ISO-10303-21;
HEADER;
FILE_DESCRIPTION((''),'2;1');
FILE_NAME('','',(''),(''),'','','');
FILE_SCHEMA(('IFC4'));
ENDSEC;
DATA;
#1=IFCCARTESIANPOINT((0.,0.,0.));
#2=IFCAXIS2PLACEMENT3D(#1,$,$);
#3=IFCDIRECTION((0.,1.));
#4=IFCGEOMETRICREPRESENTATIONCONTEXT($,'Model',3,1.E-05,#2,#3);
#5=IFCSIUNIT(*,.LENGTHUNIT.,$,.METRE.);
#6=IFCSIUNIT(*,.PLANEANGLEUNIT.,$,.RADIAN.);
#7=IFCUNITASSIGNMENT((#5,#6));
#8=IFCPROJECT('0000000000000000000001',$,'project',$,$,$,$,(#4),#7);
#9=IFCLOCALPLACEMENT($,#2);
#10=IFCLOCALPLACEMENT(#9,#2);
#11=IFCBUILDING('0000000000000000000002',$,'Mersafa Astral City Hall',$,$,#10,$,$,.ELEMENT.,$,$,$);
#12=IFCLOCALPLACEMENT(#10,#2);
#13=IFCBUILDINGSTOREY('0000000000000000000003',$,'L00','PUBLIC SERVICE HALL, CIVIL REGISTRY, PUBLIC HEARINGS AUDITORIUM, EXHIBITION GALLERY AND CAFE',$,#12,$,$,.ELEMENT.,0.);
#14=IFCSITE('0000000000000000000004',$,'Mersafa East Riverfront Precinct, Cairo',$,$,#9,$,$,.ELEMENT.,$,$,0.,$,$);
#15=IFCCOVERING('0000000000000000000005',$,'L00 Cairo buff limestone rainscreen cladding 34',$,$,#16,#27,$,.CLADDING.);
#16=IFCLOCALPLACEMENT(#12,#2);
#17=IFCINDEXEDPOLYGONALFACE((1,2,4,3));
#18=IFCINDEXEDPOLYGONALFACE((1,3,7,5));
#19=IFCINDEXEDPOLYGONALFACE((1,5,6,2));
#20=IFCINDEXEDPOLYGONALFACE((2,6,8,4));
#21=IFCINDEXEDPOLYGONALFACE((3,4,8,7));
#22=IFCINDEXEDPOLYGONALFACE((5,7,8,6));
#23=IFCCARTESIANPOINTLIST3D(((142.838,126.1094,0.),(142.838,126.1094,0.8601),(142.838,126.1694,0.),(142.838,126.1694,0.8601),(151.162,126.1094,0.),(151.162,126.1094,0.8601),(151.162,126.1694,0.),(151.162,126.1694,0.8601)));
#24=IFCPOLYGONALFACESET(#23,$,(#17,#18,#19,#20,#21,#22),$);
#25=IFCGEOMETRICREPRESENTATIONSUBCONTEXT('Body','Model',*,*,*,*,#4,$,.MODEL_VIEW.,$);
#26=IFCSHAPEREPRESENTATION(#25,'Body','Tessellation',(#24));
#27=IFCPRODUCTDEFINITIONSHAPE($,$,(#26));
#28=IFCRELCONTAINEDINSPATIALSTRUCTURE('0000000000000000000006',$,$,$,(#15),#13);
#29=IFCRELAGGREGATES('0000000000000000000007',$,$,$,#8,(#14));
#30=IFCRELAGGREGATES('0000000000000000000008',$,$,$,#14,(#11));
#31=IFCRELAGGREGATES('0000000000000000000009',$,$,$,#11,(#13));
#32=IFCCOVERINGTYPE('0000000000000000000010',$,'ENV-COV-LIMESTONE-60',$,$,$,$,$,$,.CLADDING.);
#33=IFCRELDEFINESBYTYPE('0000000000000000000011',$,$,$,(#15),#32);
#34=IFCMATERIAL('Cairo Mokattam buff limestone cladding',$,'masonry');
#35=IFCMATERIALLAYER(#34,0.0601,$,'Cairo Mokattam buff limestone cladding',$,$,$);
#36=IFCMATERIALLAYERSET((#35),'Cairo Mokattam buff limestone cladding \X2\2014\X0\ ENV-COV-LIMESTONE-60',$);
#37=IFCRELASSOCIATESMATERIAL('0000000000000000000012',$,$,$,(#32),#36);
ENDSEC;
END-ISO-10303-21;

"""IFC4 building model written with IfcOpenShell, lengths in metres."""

from ifc_helpers import new_model, si_unit, direction, frame, origin, origin_2d, place, context, subcontext, project, spatial, rectangle, extrude, material, layer, layer_set, type_object, element, save


model = new_model("IFC4")

# Units and contexts
model_context = context("Model", 3, precision=1e-05, world=origin(), true_north=direction((0.0, 1.0)))
body_context = subcontext(model_context, "Body", "Model", "MODEL_VIEW")
ifc_project = project(units=[si_unit("LENGTHUNIT", "METRE"), si_unit("PLANEANGLEUNIT", "RADIAN")], contexts=[model_context])

# Site, building, storey
site_placement = place(None, origin())
site = spatial("IfcSite", under=ifc_project, at=site_placement, Name="Mersafa East Riverfront Precinct, Cairo", CompositionType="ELEMENT", RefElevation=0.0)
building_placement = place(site_placement, origin())
building = spatial("IfcBuilding", under=site, at=building_placement, Name="Mersafa Astral City Hall", CompositionType="ELEMENT")
storey_placement = place(building_placement, origin())
storey = spatial("IfcBuildingStorey", under=building, at=storey_placement, Name="L00", Description="PUBLIC SERVICE HALL, CIVIL REGISTRY, PUBLIC HEARINGS AUDITORIUM, EXHIBITION GALLERY AND CAFE", CompositionType="ELEMENT", Elevation=0.0)

# Covering
ifc_material_1 = material(Name="Cairo Mokattam buff limestone cladding", Category="masonry")
ifc_layer_1 = layer(ifc_material_1, 0.0601, Name="Cairo Mokattam buff limestone cladding")
ifc_layer_set_1 = layer_set([ifc_layer_1], Name="Cairo Mokattam buff limestone cladding — ENV-COV-LIMESTONE-60")
covering_type = type_object("IfcCoveringType", Name="ENV-COV-LIMESTONE-60", PredefinedType="CLADDING", material=ifc_layer_set_1)
covering_placement = place(storey_placement, frame((147.0, 126.1394, 0.0), z_axis=(0.0, 0.0, 1.0), x_axis=(-1.0, 0.0, 0.0)))
element("IfcCovering", 1, at=covering_placement, inside=storey, type_object=covering_type, Name="L00 Cairo buff limestone rainscreen cladding 34", PredefinedType="CLADDING", context=body_context, shape_type="SweptSolid", body=[
    extrude(rectangle(XDim=8.324, YDim=0.0601, at=origin_2d()), origin(), (0.0, 0.0, 1.0), 0.8601),
])

save(model, "model.ifc")
